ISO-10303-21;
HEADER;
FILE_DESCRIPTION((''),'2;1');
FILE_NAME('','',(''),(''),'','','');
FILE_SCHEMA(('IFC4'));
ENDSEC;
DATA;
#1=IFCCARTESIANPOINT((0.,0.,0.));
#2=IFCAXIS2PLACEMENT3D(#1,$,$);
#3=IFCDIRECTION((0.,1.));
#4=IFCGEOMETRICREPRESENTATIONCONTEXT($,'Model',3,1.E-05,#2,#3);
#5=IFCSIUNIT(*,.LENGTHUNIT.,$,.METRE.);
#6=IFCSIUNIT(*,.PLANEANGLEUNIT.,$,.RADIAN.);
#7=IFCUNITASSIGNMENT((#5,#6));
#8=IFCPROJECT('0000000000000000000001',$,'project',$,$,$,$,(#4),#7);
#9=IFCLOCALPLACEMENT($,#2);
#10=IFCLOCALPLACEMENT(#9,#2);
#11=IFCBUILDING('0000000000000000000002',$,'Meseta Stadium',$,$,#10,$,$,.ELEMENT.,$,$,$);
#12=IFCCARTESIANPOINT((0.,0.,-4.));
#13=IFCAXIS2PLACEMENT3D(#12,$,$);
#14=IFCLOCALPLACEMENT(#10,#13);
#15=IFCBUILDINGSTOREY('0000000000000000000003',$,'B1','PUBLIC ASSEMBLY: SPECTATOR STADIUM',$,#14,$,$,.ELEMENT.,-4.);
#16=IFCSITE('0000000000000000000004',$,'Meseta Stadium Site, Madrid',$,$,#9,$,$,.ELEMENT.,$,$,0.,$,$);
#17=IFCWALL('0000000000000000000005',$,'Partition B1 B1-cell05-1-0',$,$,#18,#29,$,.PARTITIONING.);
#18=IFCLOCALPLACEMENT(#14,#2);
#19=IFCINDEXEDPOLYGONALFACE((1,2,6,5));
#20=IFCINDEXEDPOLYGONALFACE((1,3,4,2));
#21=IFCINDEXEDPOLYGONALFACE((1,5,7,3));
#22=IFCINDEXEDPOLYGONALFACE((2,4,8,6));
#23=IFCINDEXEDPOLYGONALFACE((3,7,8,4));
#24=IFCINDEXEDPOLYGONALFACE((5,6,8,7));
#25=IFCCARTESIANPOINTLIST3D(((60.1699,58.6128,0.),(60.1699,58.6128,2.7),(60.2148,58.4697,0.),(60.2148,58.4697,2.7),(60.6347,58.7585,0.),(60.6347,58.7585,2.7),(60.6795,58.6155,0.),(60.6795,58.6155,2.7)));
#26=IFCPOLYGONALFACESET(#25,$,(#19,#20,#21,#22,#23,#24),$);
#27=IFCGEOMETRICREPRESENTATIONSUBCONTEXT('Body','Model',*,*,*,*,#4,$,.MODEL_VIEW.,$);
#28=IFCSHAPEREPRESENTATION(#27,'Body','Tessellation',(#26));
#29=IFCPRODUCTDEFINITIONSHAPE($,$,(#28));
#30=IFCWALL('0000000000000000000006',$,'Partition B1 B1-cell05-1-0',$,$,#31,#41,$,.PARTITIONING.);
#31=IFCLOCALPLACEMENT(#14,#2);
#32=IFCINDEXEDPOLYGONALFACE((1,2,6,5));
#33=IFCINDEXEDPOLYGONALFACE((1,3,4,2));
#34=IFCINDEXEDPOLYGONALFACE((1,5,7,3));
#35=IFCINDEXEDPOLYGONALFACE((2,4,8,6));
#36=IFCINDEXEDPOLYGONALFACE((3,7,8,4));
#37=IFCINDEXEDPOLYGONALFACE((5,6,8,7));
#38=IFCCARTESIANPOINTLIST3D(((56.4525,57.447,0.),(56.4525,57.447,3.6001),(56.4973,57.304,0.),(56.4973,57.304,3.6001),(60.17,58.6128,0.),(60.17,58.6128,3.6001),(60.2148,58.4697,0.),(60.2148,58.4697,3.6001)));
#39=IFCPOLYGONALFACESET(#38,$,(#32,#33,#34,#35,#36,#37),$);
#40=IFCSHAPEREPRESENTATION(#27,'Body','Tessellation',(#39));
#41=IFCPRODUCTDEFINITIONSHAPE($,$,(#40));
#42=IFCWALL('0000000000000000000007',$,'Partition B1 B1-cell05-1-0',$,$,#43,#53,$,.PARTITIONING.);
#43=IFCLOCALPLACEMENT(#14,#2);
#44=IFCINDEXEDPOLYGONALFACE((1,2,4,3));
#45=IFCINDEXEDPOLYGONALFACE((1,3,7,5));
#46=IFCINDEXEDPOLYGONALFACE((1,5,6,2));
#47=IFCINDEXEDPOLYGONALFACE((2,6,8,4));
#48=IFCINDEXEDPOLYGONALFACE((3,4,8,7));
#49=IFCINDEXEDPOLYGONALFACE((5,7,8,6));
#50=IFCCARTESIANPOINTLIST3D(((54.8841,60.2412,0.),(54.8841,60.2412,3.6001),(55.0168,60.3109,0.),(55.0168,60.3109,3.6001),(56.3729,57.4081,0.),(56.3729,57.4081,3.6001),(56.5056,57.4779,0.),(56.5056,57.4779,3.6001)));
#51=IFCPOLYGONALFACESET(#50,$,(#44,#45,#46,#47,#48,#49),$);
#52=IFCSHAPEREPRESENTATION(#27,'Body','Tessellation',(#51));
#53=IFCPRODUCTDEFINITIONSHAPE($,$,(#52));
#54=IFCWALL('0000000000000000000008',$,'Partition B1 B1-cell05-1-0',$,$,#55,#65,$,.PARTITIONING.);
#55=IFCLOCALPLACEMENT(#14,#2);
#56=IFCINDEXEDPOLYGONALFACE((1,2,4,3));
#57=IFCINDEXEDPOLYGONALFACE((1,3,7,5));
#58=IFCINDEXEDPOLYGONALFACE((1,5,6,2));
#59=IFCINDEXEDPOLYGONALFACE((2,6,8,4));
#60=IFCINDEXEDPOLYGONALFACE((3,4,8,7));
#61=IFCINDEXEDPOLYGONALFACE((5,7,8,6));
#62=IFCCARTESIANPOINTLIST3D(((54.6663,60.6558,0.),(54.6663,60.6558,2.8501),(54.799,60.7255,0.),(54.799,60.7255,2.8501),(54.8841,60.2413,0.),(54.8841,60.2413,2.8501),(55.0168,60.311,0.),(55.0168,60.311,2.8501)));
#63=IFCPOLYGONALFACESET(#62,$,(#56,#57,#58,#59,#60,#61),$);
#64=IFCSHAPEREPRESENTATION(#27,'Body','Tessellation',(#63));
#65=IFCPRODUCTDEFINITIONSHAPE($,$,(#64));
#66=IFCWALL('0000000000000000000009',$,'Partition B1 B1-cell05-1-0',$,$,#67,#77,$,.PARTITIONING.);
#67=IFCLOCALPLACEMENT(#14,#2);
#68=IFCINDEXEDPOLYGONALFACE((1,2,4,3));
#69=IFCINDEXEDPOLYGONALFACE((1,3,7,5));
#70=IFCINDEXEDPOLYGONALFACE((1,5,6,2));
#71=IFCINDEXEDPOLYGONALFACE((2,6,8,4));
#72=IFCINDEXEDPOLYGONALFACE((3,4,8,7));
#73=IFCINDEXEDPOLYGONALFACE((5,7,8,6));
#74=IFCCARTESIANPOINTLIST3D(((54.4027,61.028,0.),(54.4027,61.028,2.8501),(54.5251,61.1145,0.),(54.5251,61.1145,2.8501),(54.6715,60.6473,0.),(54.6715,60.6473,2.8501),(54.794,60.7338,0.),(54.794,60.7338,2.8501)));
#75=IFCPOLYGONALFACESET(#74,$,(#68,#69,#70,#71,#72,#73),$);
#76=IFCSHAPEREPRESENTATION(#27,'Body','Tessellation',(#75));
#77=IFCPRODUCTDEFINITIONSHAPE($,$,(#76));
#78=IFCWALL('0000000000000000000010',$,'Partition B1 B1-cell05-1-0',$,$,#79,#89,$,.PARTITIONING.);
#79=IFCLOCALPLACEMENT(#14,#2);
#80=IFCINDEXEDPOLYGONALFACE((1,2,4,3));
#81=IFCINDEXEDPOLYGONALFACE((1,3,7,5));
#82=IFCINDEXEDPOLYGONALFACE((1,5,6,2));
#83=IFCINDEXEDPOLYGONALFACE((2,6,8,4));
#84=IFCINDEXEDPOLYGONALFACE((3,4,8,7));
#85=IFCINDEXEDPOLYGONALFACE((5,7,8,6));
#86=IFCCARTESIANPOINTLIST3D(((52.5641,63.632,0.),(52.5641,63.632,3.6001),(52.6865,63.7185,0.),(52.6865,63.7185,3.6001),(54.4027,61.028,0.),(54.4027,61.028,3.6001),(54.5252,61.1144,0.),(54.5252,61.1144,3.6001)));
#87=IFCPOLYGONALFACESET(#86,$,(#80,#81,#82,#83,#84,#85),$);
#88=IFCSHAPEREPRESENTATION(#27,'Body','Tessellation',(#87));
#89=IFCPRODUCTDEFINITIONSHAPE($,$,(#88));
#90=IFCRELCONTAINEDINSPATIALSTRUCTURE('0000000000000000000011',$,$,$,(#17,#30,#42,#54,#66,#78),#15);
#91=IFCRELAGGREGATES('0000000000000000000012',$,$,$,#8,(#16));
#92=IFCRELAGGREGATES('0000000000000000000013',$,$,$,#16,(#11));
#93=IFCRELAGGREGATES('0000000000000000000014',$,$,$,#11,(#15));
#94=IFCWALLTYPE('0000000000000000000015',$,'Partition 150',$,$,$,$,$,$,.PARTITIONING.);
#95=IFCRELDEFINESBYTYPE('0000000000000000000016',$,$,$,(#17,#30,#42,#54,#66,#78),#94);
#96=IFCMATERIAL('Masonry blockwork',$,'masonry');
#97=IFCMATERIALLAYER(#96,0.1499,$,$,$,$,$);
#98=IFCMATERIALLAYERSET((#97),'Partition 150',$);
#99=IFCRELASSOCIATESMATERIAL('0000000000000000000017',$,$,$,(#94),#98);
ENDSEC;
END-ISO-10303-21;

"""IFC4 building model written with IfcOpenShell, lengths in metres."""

from ifc_helpers import new_model, si_unit, direction, frame, frame_2d, origin, place, context, subcontext, project, spatial, rectangle, extrude, material, layer, layer_set, type_object, element, save


model = new_model("IFC4")

# Units and contexts
model_context = context("Model", 3, precision=1e-05, world=origin(), true_north=direction((0.0, 1.0)))
body_context = subcontext(model_context, "Body", "Model", "MODEL_VIEW")
ifc_project = project(units=[si_unit("LENGTHUNIT", "METRE"), si_unit("PLANEANGLEUNIT", "RADIAN")], contexts=[model_context])

# Site, building, storey
site_placement = place(None, origin())
site = spatial("IfcSite", under=ifc_project, at=site_placement, Name="Meseta Stadium Site, Madrid", CompositionType="ELEMENT", RefElevation=0.0)
building_placement = place(site_placement, origin())
building = spatial("IfcBuilding", under=site, at=building_placement, Name="Meseta Stadium", CompositionType="ELEMENT")
storey_placement = place(building_placement, frame((0.0, 0.0, -4.0)))
storey = spatial("IfcBuildingStorey", under=building, at=storey_placement, Name="B1", Description="PUBLIC ASSEMBLY: SPECTATOR STADIUM", CompositionType="ELEMENT", Elevation=-4.0)

# Shared definitions
ifc_material_1 = material(Name="Masonry blockwork", Category="masonry")
ifc_layer = layer(ifc_material_1, 0.1499)
ifc_layer_set = layer_set([ifc_layer], Name="Partition 150")
wall_type = type_object("IfcWallType", Name="Partition 150", PredefinedType="PARTITIONING", material=ifc_layer_set)

# Walls
wall_1_placement = place(storey_placement, frame((60.6572, 58.687, 0.0), z_axis=(0.0, 0.0, 1.0), x_axis=(-0.954194, -0.299188, 0.0)))
element("IfcWall", 1, at=wall_1_placement, inside=storey, type_object=wall_type, Name="Partition B1 B1-cell05-1-0", PredefinedType="PARTITIONING", context=body_context, shape_type="SweptSolid", body=[
    extrude(rectangle(XDim=0.4871, YDim=0.1499, at=frame_2d((0.2437, 0.0))), origin(), (0.0, 0.0, 1.0), 2.7),
])
wall_2_placement = place(storey_placement, frame((60.1924, 58.5413, 0.0), z_axis=(0.0, 0.0, 1.0), x_axis=(-0.954184, -0.29922, 0.0)))
element("IfcWall", 2, at=wall_2_placement, inside=storey, type_object=wall_type, Name="Partition B1 B1-cell05-1-0", PredefinedType="PARTITIONING", context=body_context, shape_type="SweptSolid", body=[
    extrude(rectangle(XDim=3.896, YDim=0.1499, at=frame_2d((1.948, 0.0))), origin(), (0.0, 0.0, 1.0), 3.6001),
])
wall_3_placement = place(storey_placement, frame((56.4392, 57.4431, 0.0), z_axis=(0.0, 0.0, 1.0), x_axis=(-0.465187, 0.885213, 0.0)))
element("IfcWall", 3, at=wall_3_placement, inside=storey, type_object=wall_type, Name="Partition B1 B1-cell05-1-0", PredefinedType="PARTITIONING", context=body_context, shape_type="SweptSolid", body=[
    extrude(rectangle(XDim=3.2004, YDim=0.1499, at=frame_2d((1.6001, 0.0))), origin(), (0.0, 0.0, 1.0), 3.6001),
])
wall_4_placement = place(storey_placement, frame((54.9504, 60.2761, 0.0), z_axis=(0.0, 0.0, 1.0), x_axis=(-0.465059, 0.88528, 0.0)))
element("IfcWall", 4, at=wall_4_placement, inside=storey, type_object=wall_type, Name="Partition B1 B1-cell05-1-0", PredefinedType="PARTITIONING", context=body_context, shape_type="SweptSolid", body=[
    extrude(rectangle(XDim=0.4683, YDim=0.1499, at=frame_2d((0.2341, 0.0))), origin(), (0.0, 0.0, 1.0), 2.8501),
])
wall_5_placement = place(storey_placement, frame((54.7327, 60.6907, 0.0), z_axis=(0.0, 0.0, 1.0), x_axis=(-0.576868, 0.816837, 0.0)))
element("IfcWall", 5, at=wall_5_placement, inside=storey, type_object=wall_type, Name="Partition B1 B1-cell05-1-0", PredefinedType="PARTITIONING", context=body_context, shape_type="SweptSolid", body=[
    extrude(rectangle(XDim=0.4661, YDim=0.1499, at=frame_2d((0.2329, 0.0))), origin(), (0.0, 0.0, 1.0), 2.8501),
])
wall_6_placement = place(storey_placement, frame((54.4639, 61.0713, 0.0), z_axis=(0.0, 0.0, 1.0), x_axis=(-0.576788, 0.816894, 0.0)))
element("IfcWall", 6, at=wall_6_placement, inside=storey, type_object=wall_type, Name="Partition B1 B1-cell05-1-0", PredefinedType="PARTITIONING", context=body_context, shape_type="SweptSolid", body=[
    extrude(rectangle(XDim=3.1877, YDim=0.1499, at=frame_2d((1.5938, 0.0))), origin(), (0.0, 0.0, 1.0), 3.6001),
])

save(model, "model.ifc")
